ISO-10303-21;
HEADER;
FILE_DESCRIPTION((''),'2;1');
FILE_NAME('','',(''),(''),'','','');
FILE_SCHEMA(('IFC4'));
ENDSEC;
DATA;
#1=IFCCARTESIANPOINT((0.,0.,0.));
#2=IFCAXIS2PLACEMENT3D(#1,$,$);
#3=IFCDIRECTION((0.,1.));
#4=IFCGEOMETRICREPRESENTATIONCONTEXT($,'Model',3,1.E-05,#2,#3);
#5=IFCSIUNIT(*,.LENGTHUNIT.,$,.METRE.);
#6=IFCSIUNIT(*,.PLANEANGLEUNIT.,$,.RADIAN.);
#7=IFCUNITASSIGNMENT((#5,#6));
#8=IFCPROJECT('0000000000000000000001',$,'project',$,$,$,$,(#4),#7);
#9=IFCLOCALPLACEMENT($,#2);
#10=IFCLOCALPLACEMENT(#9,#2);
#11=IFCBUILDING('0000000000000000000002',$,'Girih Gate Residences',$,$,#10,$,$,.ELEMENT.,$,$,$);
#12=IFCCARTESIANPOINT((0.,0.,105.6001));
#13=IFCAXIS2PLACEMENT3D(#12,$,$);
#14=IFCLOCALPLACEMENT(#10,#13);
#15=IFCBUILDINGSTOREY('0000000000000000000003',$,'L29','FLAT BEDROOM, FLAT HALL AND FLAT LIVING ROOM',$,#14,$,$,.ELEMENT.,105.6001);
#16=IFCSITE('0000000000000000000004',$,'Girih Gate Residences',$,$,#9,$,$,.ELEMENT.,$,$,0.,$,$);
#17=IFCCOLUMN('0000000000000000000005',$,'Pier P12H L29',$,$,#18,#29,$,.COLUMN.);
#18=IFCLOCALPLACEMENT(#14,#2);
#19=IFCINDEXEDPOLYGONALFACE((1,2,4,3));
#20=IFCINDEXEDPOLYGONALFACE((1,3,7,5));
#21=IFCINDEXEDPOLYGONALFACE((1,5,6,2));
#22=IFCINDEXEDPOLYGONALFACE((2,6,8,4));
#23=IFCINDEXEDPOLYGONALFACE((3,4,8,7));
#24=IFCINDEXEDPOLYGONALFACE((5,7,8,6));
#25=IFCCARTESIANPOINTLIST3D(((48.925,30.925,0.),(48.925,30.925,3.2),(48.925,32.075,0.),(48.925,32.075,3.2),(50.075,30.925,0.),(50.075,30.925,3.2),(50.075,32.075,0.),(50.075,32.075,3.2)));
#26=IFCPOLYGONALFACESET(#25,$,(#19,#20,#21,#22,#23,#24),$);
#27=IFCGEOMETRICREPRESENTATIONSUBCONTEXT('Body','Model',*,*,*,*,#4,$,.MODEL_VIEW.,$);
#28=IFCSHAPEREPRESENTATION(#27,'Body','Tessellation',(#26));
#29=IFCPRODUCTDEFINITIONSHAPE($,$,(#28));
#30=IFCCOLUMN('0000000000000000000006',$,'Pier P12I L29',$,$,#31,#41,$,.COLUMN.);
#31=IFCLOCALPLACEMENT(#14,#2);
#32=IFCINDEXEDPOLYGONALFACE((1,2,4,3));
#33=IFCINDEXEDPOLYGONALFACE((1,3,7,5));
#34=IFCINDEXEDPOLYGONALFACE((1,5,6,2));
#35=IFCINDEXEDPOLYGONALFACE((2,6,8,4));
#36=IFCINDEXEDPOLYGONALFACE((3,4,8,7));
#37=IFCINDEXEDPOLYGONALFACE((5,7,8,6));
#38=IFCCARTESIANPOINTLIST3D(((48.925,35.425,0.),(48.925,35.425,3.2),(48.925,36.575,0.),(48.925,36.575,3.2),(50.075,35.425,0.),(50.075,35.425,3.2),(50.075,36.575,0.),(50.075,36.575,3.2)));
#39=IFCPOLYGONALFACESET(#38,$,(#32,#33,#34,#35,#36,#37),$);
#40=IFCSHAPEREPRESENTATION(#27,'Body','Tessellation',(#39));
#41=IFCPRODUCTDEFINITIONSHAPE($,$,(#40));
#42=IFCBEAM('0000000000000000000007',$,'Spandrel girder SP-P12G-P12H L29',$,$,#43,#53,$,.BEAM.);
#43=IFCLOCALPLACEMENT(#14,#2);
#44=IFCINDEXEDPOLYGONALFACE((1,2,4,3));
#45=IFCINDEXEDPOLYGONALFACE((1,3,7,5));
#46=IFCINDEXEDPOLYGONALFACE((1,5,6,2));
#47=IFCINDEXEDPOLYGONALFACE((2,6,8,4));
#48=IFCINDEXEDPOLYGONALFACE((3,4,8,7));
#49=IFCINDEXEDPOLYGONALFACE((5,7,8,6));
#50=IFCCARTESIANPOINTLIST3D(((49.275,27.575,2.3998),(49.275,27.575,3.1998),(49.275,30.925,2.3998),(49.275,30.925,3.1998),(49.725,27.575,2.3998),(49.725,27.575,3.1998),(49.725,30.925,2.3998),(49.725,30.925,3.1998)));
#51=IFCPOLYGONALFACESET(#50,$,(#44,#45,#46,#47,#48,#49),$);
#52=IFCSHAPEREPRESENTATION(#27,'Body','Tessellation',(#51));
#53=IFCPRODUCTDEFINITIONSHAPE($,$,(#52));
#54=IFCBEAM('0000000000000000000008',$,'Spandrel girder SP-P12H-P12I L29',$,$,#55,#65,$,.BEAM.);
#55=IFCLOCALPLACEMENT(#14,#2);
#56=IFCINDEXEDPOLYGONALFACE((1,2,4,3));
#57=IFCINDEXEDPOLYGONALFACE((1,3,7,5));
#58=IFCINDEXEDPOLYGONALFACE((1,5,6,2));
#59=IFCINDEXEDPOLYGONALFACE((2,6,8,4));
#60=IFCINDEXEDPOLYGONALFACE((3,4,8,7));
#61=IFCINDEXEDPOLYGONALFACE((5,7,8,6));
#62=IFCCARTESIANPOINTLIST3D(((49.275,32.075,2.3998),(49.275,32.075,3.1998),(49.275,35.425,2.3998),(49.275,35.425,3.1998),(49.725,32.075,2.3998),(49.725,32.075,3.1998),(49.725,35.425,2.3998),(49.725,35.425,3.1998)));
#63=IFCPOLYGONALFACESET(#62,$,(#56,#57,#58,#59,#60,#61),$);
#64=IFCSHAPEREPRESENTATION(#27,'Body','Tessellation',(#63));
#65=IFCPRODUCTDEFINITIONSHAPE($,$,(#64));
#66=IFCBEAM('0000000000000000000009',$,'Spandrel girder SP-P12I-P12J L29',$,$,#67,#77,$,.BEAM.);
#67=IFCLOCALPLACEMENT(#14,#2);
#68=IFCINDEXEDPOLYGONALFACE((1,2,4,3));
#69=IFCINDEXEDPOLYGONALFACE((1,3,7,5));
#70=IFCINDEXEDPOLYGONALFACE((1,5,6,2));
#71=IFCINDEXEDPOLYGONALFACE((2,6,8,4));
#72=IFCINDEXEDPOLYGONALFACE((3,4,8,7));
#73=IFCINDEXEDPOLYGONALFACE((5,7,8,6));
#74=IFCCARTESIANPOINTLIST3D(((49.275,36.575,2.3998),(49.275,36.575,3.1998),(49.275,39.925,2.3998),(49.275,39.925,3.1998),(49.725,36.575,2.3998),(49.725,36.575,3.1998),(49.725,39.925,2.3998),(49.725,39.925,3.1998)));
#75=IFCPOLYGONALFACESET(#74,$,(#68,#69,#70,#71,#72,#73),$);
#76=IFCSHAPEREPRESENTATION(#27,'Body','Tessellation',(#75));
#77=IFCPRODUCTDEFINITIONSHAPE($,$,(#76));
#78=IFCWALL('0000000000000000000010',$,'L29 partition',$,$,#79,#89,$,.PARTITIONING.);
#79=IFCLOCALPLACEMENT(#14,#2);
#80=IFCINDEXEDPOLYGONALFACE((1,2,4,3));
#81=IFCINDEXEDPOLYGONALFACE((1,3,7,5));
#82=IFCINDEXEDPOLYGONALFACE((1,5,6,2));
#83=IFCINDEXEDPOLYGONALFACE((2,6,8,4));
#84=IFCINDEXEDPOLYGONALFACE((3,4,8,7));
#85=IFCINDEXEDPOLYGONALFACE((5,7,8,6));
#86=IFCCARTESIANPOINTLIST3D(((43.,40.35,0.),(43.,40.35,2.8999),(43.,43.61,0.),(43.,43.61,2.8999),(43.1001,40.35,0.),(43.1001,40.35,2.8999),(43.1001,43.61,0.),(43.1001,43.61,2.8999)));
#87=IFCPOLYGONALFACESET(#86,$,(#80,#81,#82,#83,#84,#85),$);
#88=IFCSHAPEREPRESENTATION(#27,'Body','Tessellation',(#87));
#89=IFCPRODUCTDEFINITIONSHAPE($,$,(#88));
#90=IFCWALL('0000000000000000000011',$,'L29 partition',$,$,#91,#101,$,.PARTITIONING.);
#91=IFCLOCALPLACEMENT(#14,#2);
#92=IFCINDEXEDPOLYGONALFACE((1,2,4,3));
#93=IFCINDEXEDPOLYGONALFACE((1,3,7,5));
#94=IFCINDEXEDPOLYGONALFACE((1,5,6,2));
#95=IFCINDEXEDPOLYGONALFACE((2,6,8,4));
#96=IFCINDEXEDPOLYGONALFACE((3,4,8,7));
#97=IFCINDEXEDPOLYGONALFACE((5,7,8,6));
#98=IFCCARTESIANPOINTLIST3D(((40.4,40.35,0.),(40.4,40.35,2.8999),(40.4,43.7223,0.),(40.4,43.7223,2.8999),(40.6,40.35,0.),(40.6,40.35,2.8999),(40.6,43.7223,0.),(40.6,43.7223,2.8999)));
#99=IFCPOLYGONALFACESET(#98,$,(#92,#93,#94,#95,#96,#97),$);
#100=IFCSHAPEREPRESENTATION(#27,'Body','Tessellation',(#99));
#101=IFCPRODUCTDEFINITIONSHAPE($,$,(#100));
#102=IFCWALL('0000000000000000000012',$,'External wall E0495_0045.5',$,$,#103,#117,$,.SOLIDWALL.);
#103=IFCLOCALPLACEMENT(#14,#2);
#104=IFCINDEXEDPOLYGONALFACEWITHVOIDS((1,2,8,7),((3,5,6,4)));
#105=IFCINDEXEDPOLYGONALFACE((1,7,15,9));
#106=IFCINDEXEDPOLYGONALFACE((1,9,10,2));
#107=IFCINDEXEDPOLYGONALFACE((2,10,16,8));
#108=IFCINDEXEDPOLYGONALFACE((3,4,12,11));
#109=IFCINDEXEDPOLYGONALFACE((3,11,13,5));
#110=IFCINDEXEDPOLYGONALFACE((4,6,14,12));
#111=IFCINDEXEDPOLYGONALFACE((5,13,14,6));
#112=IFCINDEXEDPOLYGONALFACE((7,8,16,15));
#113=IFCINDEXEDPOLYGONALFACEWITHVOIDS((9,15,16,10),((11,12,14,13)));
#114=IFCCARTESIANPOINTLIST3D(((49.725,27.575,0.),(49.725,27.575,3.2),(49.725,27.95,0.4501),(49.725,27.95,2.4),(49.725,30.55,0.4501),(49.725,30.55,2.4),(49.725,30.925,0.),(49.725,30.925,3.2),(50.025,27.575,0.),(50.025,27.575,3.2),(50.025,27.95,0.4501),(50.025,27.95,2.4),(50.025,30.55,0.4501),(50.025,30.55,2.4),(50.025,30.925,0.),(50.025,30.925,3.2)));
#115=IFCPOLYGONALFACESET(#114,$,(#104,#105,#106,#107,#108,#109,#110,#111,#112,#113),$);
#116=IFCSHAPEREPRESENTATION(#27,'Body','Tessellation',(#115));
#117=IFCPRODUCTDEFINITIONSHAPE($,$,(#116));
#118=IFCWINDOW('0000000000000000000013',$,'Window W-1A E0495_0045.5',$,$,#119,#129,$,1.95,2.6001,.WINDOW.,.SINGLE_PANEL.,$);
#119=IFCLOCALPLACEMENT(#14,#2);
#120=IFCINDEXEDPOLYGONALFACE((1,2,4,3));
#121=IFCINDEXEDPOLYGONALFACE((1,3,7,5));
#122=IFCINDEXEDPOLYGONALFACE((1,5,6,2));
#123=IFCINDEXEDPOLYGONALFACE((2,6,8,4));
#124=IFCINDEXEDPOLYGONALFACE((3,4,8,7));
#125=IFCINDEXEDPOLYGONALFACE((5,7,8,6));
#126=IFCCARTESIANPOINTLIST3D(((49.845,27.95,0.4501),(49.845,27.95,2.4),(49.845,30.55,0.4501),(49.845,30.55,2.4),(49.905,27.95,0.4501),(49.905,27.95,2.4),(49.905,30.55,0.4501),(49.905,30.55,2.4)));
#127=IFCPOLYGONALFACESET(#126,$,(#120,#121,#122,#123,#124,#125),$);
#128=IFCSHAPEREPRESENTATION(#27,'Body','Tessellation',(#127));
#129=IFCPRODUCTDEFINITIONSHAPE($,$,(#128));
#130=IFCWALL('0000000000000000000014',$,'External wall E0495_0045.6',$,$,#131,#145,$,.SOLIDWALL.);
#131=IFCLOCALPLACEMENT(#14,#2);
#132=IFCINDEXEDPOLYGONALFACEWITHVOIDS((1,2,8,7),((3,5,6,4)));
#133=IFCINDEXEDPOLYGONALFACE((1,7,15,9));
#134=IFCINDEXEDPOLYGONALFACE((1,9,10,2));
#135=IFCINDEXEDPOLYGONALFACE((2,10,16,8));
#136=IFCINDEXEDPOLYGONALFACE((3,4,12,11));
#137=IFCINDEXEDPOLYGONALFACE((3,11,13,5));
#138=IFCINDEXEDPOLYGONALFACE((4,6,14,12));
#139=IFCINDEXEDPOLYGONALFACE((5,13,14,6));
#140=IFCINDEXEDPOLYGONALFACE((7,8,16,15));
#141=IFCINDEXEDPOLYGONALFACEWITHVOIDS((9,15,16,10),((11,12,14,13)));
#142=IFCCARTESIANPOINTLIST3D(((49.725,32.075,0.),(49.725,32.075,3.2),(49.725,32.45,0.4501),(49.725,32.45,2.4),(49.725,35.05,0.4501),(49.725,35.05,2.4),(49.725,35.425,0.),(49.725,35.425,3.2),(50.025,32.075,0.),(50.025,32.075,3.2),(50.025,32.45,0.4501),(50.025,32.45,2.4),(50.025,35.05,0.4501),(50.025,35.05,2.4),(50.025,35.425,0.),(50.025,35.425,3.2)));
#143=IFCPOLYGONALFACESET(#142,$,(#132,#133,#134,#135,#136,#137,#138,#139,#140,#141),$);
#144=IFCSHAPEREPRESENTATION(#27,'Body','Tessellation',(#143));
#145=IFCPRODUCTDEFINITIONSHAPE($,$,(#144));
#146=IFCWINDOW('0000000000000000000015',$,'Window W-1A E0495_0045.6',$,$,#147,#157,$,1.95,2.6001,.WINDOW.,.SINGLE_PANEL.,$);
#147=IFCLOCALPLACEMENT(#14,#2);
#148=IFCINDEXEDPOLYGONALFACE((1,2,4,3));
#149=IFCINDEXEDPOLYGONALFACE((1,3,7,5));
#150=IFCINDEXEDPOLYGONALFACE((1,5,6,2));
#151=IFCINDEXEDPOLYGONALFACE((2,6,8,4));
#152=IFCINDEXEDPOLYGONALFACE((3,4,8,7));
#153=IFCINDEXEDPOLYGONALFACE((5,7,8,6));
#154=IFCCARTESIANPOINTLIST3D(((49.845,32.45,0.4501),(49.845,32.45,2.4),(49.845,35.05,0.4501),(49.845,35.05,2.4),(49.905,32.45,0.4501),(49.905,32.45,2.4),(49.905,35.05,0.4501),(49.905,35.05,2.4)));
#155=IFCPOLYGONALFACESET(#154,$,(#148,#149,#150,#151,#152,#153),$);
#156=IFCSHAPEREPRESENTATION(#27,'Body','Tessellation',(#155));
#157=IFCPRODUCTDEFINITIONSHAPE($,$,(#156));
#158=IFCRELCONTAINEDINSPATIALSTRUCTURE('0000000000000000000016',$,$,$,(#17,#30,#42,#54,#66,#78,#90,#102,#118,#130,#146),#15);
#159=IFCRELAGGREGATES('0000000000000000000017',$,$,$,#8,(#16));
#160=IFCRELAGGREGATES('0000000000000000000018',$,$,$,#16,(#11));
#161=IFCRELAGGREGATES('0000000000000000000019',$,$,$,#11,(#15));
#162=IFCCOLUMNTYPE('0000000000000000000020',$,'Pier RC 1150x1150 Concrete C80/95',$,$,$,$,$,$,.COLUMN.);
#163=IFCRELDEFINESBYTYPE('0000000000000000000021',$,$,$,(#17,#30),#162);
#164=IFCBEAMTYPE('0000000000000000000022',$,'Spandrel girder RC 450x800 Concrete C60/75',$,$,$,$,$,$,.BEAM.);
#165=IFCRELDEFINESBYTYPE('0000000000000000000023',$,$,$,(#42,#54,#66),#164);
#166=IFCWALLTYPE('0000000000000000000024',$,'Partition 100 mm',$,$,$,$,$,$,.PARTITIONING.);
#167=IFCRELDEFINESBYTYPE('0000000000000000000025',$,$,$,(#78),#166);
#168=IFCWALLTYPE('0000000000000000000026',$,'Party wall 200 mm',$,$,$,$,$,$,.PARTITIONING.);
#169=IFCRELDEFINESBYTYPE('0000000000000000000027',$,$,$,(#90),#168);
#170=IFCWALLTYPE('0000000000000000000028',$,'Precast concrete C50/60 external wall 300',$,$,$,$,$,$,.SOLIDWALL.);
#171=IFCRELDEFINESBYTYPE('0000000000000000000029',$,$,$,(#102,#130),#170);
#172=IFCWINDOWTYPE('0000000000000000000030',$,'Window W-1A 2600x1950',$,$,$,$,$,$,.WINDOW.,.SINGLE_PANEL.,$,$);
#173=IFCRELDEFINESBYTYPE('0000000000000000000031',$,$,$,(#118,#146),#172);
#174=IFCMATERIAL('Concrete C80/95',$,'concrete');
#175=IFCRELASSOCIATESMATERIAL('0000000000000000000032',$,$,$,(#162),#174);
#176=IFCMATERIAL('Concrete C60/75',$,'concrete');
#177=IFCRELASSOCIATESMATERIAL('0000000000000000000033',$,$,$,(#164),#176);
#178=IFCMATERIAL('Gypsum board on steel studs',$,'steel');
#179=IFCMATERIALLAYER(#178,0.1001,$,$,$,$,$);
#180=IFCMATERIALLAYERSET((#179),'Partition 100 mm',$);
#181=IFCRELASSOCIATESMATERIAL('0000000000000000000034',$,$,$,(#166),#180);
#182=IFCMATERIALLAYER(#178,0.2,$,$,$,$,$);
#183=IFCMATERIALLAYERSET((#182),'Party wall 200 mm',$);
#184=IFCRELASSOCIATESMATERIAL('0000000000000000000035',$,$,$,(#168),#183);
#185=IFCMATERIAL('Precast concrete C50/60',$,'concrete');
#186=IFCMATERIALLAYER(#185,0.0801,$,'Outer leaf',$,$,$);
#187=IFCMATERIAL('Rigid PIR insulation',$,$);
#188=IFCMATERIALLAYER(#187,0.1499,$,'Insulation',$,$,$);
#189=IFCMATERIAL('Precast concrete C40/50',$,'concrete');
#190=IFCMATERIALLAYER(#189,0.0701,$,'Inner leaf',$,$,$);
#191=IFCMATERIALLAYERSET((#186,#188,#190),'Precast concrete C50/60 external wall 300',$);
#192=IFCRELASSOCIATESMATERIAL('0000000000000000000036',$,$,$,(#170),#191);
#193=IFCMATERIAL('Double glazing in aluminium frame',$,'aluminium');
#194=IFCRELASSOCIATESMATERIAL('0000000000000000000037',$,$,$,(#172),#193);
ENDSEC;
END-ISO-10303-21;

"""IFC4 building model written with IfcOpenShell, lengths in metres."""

from ifc_helpers import new_model, si_unit, direction, frame, frame_2d, origin, origin_2d, place, context, subcontext, project, spatial, rectangle, extrude, material, layer, layer_set, material_profile, profile_set, type_object, element, fill, save


model = new_model("IFC4")

# Units and contexts
model_context = context("Model", 3, precision=1e-05, world=origin(), true_north=direction((0.0, 1.0)))
body_context = subcontext(model_context, "Body", "Model", "MODEL_VIEW")
ifc_project = project(units=[si_unit("LENGTHUNIT", "METRE"), si_unit("PLANEANGLEUNIT", "RADIAN")], contexts=[model_context])

# Site, building, storey
site_placement = place(None, origin())
site = spatial("IfcSite", under=ifc_project, at=site_placement, Name="Girih Gate Residences", CompositionType="ELEMENT", RefElevation=0.0)
building_placement = place(site_placement, origin())
building = spatial("IfcBuilding", under=site, at=building_placement, Name="Girih Gate Residences", CompositionType="ELEMENT")
storey_placement = place(building_placement, frame((0.0, 0.0, 105.6001)))
storey = spatial("IfcBuildingStorey", under=building, at=storey_placement, Name="L29", Description="FLAT BEDROOM, FLAT HALL AND FLAT LIVING ROOM", CompositionType="ELEMENT", Elevation=105.6001)

# Columns
ifc_material_1 = material(Name="Concrete C80/95", Category="concrete")
ifc_material_profile_1 = material_profile(ifc_material_1, rectangle(XDim=1.1499, YDim=1.1499, at=origin_2d()))
ifc_profile_set_1 = profile_set([ifc_material_profile_1], Name="Concrete C80/95")
column_type = type_object("IfcColumnType", Name="Pier RC 1150x1150 Concrete C80/95", PredefinedType="COLUMN", material=ifc_profile_set_1)
for number, where, z_axis, x_axis, name in (
    (1, (49.5, 31.5, 0.0), (0.0, 0.0, 1.0), (1.0, 0.0, 0.0), "Pier P12H L29"),
    (2, (49.5, 36.0, 0.0), (0.0, 0.0, 1.0), (1.0, 0.0, 0.0), "Pier P12I L29"),
):
    element("IfcColumn", number, at=place(storey_placement, frame(where, z_axis=z_axis, x_axis=x_axis)), inside=storey, type_object=column_type, Name=name, PredefinedType="COLUMN", context=body_context, shape_type="SweptSolid", body=[
        extrude(rectangle(XDim=1.1499, YDim=1.1499, at=origin_2d()), origin(), (0.0, 0.0, 1.0), 3.2),
    ])

# Beams
ifc_material_2 = material(Name="Concrete C60/75", Category="concrete")
ifc_material_profile_2 = material_profile(ifc_material_2, rectangle(XDim=0.45, YDim=0.8, at=origin_2d()))
ifc_profile_set_2 = profile_set([ifc_material_profile_2], Name="Concrete C60/75")
beam_type = type_object("IfcBeamType", Name="Spandrel girder RC 450x800 Concrete C60/75", PredefinedType="BEAM", material=ifc_profile_set_2)
for number, where, z_axis, x_axis, name in (
    (3, (49.5, 27.575, 2.7998), (0.0, 1.0, 0.0), (-1.0, 0.0, 0.0), "Spandrel girder SP-P12G-P12H L29"),
    (4, (49.5, 32.075, 2.7998), (0.0, 1.0, 0.0), (-1.0, 0.0, 0.0), "Spandrel girder SP-P12H-P12I L29"),
    (5, (49.5, 36.575, 2.7998), (0.0, 1.0, 0.0), (-1.0, 0.0, 0.0), "Spandrel girder SP-P12I-P12J L29"),
):
    element("IfcBeam", number, at=place(storey_placement, frame(where, z_axis=z_axis, x_axis=x_axis)), inside=storey, type_object=beam_type, Name=name, PredefinedType="BEAM", context=body_context, shape_type="SweptSolid", body=[
        extrude(rectangle(XDim=0.45, YDim=0.8, at=origin_2d()), origin(), (0.0, 0.0, 1.0), 3.3501),
    ])

# Walls
ifc_material_3 = material(Name="Gypsum board on steel studs", Category="steel")
ifc_layer_1 = layer(ifc_material_3, 0.1001)
ifc_layer_set_1 = layer_set([ifc_layer_1], Name="Partition 100 mm")
wall_type_1 = type_object("IfcWallType", Name="Partition 100 mm", PredefinedType="PARTITIONING", material=ifc_layer_set_1)
wall_1_placement = place(storey_placement, frame((43.05, 40.3501, 0.0), z_axis=(0.0, 0.0, 1.0), x_axis=(0.0, 1.0, 0.0)))
element("IfcWall", 6, at=wall_1_placement, inside=storey, type_object=wall_type_1, Name="L29 partition", PredefinedType="PARTITIONING", context=body_context, shape_type="SweptSolid", body=[
    extrude(rectangle(XDim=3.26, YDim=0.1001, at=frame_2d((1.6299, 0.0))), origin(), (0.0, 0.0, 1.0), 2.8999),
])
ifc_layer_2 = layer(ifc_material_3, 0.2)
ifc_layer_set_2 = layer_set([ifc_layer_2], Name="Party wall 200 mm")
wall_type_2 = type_object("IfcWallType", Name="Party wall 200 mm", PredefinedType="PARTITIONING", material=ifc_layer_set_2)
wall_2_placement = place(storey_placement, frame((40.5, 40.3501, 0.0), z_axis=(0.0, 0.0, 1.0), x_axis=(0.0, 1.0, 0.0)))
element("IfcWall", 7, at=wall_2_placement, inside=storey, type_object=wall_type_2, Name="L29 partition", PredefinedType="PARTITIONING", context=body_context, shape_type="SweptSolid", body=[
    extrude(rectangle(XDim=3.3723, YDim=0.2, at=frame_2d((1.686, 0.0))), origin(), (0.0, 0.0, 1.0), 2.8999),
])

# Walls, openings, windows
ifc_material_4 = material(Name="Precast concrete C50/60", Category="concrete")
ifc_layer_3 = layer(ifc_material_4, 0.0801, Name="Outer leaf")
ifc_material_5 = material(Name="Rigid PIR insulation")
ifc_layer_4 = layer(ifc_material_5, 0.1499, Name="Insulation")
ifc_material_6 = material(Name="Precast concrete C40/50", Category="concrete")
ifc_layer_5 = layer(ifc_material_6, 0.0701, Name="Inner leaf")
ifc_layer_set_3 = layer_set([ifc_layer_3, ifc_layer_4, ifc_layer_5], Name="Precast concrete C50/60 external wall 300")
wall_type_3 = type_object("IfcWallType", Name="Precast concrete C50/60 external wall 300", PredefinedType="SOLIDWALL", material=ifc_layer_set_3)
wall_3_placement = place(storey_placement, frame((49.875, 30.925, 0.0), z_axis=(0.0, 0.0, 1.0), x_axis=(0.0, -1.0, 0.0)))
wall_3 = element("IfcWall", 8, at=wall_3_placement, inside=storey, type_object=wall_type_3, Name="External wall E0495_0045.5", PredefinedType="SOLIDWALL", context=body_context, shape_type="SweptSolid", body=[
    extrude(rectangle(XDim=3.3501, YDim=0.3, at=frame_2d((1.675, 0.0))), origin(), (0.0, 0.0, 1.0), 3.2),
])
opening_1_placement = place(wall_3_placement, frame((0.375, 0.0, 0.45)))
opening_1 = element("IfcOpeningElement", 9, at=opening_1_placement, cuts=wall_3, PredefinedType="OPENING", context=body_context, shape_type="SweptSolid", body=[
    extrude(rectangle(XDim=2.6001, YDim=1.95, at=frame_2d((1.3, 0.9751))), frame((0.0, 0.1599, 0.0), z_axis=(0.0, -1.0, 0.0), x_axis=(1.0, 0.0, 0.0)), (0.0, 0.0, 1.0), 0.3201),
])
ifc_material_7 = material(Name="Double glazing in aluminium frame", Category="aluminium")
window_type = type_object("IfcWindowType", Name="Window W-1A 2600x1950", PartitioningType="SINGLE_PANEL", PredefinedType="WINDOW", material=ifc_material_7)
window_1_placement = place(opening_1_placement, origin())
window_1 = element("IfcWindow", 10, at=window_1_placement, inside=storey, type_object=window_type, Name="Window W-1A E0495_0045.5", OverallHeight=1.95, OverallWidth=2.6001, PartitioningType="SINGLE_PANEL", PredefinedType="WINDOW", context=body_context, shape_type="SweptSolid", body=[
    extrude(rectangle(XDim=2.6001, YDim=1.95, at=frame_2d((1.3, 0.9751))), frame((0.0, 0.03, 0.0), z_axis=(0.0, -1.0, 0.0), x_axis=(1.0, 0.0, 0.0)), (0.0, 0.0, 1.0), 0.0601),
])
fill(opening_1, window_1)
wall_4_placement = place(storey_placement, frame((49.875, 35.425, 0.0), z_axis=(0.0, 0.0, 1.0), x_axis=(0.0, -1.0, 0.0)))
wall_4 = element("IfcWall", 11, at=wall_4_placement, inside=storey, type_object=wall_type_3, Name="External wall E0495_0045.6", PredefinedType="SOLIDWALL", context=body_context, shape_type="SweptSolid", body=[
    extrude(rectangle(XDim=3.3501, YDim=0.3, at=frame_2d((1.675, 0.0))), origin(), (0.0, 0.0, 1.0), 3.2),
])
opening_2_placement = place(wall_4_placement, frame((0.375, 0.0, 0.45)))
opening_2 = element("IfcOpeningElement", 12, at=opening_2_placement, cuts=wall_4, PredefinedType="OPENING", context=body_context, shape_type="SweptSolid", body=[
    extrude(rectangle(XDim=2.6001, YDim=1.95, at=frame_2d((1.3, 0.9751))), frame((0.0, 0.1599, 0.0), z_axis=(0.0, -1.0, 0.0), x_axis=(1.0, 0.0, 0.0)), (0.0, 0.0, 1.0), 0.3201),
])
window_2_placement = place(opening_2_placement, origin())
window_2 = element("IfcWindow", 13, at=window_2_placement, inside=storey, type_object=window_type, Name="Window W-1A E0495_0045.6", OverallHeight=1.95, OverallWidth=2.6001, PartitioningType="SINGLE_PANEL", PredefinedType="WINDOW", context=body_context, shape_type="SweptSolid", body=[
    extrude(rectangle(XDim=2.6001, YDim=1.95, at=frame_2d((1.3, 0.9751))), frame((0.0, 0.03, 0.0), z_axis=(0.0, -1.0, 0.0), x_axis=(1.0, 0.0, 0.0)), (0.0, 0.0, 1.0), 0.0601),
])
fill(opening_2, window_2)

save(model, "model.ifc")
